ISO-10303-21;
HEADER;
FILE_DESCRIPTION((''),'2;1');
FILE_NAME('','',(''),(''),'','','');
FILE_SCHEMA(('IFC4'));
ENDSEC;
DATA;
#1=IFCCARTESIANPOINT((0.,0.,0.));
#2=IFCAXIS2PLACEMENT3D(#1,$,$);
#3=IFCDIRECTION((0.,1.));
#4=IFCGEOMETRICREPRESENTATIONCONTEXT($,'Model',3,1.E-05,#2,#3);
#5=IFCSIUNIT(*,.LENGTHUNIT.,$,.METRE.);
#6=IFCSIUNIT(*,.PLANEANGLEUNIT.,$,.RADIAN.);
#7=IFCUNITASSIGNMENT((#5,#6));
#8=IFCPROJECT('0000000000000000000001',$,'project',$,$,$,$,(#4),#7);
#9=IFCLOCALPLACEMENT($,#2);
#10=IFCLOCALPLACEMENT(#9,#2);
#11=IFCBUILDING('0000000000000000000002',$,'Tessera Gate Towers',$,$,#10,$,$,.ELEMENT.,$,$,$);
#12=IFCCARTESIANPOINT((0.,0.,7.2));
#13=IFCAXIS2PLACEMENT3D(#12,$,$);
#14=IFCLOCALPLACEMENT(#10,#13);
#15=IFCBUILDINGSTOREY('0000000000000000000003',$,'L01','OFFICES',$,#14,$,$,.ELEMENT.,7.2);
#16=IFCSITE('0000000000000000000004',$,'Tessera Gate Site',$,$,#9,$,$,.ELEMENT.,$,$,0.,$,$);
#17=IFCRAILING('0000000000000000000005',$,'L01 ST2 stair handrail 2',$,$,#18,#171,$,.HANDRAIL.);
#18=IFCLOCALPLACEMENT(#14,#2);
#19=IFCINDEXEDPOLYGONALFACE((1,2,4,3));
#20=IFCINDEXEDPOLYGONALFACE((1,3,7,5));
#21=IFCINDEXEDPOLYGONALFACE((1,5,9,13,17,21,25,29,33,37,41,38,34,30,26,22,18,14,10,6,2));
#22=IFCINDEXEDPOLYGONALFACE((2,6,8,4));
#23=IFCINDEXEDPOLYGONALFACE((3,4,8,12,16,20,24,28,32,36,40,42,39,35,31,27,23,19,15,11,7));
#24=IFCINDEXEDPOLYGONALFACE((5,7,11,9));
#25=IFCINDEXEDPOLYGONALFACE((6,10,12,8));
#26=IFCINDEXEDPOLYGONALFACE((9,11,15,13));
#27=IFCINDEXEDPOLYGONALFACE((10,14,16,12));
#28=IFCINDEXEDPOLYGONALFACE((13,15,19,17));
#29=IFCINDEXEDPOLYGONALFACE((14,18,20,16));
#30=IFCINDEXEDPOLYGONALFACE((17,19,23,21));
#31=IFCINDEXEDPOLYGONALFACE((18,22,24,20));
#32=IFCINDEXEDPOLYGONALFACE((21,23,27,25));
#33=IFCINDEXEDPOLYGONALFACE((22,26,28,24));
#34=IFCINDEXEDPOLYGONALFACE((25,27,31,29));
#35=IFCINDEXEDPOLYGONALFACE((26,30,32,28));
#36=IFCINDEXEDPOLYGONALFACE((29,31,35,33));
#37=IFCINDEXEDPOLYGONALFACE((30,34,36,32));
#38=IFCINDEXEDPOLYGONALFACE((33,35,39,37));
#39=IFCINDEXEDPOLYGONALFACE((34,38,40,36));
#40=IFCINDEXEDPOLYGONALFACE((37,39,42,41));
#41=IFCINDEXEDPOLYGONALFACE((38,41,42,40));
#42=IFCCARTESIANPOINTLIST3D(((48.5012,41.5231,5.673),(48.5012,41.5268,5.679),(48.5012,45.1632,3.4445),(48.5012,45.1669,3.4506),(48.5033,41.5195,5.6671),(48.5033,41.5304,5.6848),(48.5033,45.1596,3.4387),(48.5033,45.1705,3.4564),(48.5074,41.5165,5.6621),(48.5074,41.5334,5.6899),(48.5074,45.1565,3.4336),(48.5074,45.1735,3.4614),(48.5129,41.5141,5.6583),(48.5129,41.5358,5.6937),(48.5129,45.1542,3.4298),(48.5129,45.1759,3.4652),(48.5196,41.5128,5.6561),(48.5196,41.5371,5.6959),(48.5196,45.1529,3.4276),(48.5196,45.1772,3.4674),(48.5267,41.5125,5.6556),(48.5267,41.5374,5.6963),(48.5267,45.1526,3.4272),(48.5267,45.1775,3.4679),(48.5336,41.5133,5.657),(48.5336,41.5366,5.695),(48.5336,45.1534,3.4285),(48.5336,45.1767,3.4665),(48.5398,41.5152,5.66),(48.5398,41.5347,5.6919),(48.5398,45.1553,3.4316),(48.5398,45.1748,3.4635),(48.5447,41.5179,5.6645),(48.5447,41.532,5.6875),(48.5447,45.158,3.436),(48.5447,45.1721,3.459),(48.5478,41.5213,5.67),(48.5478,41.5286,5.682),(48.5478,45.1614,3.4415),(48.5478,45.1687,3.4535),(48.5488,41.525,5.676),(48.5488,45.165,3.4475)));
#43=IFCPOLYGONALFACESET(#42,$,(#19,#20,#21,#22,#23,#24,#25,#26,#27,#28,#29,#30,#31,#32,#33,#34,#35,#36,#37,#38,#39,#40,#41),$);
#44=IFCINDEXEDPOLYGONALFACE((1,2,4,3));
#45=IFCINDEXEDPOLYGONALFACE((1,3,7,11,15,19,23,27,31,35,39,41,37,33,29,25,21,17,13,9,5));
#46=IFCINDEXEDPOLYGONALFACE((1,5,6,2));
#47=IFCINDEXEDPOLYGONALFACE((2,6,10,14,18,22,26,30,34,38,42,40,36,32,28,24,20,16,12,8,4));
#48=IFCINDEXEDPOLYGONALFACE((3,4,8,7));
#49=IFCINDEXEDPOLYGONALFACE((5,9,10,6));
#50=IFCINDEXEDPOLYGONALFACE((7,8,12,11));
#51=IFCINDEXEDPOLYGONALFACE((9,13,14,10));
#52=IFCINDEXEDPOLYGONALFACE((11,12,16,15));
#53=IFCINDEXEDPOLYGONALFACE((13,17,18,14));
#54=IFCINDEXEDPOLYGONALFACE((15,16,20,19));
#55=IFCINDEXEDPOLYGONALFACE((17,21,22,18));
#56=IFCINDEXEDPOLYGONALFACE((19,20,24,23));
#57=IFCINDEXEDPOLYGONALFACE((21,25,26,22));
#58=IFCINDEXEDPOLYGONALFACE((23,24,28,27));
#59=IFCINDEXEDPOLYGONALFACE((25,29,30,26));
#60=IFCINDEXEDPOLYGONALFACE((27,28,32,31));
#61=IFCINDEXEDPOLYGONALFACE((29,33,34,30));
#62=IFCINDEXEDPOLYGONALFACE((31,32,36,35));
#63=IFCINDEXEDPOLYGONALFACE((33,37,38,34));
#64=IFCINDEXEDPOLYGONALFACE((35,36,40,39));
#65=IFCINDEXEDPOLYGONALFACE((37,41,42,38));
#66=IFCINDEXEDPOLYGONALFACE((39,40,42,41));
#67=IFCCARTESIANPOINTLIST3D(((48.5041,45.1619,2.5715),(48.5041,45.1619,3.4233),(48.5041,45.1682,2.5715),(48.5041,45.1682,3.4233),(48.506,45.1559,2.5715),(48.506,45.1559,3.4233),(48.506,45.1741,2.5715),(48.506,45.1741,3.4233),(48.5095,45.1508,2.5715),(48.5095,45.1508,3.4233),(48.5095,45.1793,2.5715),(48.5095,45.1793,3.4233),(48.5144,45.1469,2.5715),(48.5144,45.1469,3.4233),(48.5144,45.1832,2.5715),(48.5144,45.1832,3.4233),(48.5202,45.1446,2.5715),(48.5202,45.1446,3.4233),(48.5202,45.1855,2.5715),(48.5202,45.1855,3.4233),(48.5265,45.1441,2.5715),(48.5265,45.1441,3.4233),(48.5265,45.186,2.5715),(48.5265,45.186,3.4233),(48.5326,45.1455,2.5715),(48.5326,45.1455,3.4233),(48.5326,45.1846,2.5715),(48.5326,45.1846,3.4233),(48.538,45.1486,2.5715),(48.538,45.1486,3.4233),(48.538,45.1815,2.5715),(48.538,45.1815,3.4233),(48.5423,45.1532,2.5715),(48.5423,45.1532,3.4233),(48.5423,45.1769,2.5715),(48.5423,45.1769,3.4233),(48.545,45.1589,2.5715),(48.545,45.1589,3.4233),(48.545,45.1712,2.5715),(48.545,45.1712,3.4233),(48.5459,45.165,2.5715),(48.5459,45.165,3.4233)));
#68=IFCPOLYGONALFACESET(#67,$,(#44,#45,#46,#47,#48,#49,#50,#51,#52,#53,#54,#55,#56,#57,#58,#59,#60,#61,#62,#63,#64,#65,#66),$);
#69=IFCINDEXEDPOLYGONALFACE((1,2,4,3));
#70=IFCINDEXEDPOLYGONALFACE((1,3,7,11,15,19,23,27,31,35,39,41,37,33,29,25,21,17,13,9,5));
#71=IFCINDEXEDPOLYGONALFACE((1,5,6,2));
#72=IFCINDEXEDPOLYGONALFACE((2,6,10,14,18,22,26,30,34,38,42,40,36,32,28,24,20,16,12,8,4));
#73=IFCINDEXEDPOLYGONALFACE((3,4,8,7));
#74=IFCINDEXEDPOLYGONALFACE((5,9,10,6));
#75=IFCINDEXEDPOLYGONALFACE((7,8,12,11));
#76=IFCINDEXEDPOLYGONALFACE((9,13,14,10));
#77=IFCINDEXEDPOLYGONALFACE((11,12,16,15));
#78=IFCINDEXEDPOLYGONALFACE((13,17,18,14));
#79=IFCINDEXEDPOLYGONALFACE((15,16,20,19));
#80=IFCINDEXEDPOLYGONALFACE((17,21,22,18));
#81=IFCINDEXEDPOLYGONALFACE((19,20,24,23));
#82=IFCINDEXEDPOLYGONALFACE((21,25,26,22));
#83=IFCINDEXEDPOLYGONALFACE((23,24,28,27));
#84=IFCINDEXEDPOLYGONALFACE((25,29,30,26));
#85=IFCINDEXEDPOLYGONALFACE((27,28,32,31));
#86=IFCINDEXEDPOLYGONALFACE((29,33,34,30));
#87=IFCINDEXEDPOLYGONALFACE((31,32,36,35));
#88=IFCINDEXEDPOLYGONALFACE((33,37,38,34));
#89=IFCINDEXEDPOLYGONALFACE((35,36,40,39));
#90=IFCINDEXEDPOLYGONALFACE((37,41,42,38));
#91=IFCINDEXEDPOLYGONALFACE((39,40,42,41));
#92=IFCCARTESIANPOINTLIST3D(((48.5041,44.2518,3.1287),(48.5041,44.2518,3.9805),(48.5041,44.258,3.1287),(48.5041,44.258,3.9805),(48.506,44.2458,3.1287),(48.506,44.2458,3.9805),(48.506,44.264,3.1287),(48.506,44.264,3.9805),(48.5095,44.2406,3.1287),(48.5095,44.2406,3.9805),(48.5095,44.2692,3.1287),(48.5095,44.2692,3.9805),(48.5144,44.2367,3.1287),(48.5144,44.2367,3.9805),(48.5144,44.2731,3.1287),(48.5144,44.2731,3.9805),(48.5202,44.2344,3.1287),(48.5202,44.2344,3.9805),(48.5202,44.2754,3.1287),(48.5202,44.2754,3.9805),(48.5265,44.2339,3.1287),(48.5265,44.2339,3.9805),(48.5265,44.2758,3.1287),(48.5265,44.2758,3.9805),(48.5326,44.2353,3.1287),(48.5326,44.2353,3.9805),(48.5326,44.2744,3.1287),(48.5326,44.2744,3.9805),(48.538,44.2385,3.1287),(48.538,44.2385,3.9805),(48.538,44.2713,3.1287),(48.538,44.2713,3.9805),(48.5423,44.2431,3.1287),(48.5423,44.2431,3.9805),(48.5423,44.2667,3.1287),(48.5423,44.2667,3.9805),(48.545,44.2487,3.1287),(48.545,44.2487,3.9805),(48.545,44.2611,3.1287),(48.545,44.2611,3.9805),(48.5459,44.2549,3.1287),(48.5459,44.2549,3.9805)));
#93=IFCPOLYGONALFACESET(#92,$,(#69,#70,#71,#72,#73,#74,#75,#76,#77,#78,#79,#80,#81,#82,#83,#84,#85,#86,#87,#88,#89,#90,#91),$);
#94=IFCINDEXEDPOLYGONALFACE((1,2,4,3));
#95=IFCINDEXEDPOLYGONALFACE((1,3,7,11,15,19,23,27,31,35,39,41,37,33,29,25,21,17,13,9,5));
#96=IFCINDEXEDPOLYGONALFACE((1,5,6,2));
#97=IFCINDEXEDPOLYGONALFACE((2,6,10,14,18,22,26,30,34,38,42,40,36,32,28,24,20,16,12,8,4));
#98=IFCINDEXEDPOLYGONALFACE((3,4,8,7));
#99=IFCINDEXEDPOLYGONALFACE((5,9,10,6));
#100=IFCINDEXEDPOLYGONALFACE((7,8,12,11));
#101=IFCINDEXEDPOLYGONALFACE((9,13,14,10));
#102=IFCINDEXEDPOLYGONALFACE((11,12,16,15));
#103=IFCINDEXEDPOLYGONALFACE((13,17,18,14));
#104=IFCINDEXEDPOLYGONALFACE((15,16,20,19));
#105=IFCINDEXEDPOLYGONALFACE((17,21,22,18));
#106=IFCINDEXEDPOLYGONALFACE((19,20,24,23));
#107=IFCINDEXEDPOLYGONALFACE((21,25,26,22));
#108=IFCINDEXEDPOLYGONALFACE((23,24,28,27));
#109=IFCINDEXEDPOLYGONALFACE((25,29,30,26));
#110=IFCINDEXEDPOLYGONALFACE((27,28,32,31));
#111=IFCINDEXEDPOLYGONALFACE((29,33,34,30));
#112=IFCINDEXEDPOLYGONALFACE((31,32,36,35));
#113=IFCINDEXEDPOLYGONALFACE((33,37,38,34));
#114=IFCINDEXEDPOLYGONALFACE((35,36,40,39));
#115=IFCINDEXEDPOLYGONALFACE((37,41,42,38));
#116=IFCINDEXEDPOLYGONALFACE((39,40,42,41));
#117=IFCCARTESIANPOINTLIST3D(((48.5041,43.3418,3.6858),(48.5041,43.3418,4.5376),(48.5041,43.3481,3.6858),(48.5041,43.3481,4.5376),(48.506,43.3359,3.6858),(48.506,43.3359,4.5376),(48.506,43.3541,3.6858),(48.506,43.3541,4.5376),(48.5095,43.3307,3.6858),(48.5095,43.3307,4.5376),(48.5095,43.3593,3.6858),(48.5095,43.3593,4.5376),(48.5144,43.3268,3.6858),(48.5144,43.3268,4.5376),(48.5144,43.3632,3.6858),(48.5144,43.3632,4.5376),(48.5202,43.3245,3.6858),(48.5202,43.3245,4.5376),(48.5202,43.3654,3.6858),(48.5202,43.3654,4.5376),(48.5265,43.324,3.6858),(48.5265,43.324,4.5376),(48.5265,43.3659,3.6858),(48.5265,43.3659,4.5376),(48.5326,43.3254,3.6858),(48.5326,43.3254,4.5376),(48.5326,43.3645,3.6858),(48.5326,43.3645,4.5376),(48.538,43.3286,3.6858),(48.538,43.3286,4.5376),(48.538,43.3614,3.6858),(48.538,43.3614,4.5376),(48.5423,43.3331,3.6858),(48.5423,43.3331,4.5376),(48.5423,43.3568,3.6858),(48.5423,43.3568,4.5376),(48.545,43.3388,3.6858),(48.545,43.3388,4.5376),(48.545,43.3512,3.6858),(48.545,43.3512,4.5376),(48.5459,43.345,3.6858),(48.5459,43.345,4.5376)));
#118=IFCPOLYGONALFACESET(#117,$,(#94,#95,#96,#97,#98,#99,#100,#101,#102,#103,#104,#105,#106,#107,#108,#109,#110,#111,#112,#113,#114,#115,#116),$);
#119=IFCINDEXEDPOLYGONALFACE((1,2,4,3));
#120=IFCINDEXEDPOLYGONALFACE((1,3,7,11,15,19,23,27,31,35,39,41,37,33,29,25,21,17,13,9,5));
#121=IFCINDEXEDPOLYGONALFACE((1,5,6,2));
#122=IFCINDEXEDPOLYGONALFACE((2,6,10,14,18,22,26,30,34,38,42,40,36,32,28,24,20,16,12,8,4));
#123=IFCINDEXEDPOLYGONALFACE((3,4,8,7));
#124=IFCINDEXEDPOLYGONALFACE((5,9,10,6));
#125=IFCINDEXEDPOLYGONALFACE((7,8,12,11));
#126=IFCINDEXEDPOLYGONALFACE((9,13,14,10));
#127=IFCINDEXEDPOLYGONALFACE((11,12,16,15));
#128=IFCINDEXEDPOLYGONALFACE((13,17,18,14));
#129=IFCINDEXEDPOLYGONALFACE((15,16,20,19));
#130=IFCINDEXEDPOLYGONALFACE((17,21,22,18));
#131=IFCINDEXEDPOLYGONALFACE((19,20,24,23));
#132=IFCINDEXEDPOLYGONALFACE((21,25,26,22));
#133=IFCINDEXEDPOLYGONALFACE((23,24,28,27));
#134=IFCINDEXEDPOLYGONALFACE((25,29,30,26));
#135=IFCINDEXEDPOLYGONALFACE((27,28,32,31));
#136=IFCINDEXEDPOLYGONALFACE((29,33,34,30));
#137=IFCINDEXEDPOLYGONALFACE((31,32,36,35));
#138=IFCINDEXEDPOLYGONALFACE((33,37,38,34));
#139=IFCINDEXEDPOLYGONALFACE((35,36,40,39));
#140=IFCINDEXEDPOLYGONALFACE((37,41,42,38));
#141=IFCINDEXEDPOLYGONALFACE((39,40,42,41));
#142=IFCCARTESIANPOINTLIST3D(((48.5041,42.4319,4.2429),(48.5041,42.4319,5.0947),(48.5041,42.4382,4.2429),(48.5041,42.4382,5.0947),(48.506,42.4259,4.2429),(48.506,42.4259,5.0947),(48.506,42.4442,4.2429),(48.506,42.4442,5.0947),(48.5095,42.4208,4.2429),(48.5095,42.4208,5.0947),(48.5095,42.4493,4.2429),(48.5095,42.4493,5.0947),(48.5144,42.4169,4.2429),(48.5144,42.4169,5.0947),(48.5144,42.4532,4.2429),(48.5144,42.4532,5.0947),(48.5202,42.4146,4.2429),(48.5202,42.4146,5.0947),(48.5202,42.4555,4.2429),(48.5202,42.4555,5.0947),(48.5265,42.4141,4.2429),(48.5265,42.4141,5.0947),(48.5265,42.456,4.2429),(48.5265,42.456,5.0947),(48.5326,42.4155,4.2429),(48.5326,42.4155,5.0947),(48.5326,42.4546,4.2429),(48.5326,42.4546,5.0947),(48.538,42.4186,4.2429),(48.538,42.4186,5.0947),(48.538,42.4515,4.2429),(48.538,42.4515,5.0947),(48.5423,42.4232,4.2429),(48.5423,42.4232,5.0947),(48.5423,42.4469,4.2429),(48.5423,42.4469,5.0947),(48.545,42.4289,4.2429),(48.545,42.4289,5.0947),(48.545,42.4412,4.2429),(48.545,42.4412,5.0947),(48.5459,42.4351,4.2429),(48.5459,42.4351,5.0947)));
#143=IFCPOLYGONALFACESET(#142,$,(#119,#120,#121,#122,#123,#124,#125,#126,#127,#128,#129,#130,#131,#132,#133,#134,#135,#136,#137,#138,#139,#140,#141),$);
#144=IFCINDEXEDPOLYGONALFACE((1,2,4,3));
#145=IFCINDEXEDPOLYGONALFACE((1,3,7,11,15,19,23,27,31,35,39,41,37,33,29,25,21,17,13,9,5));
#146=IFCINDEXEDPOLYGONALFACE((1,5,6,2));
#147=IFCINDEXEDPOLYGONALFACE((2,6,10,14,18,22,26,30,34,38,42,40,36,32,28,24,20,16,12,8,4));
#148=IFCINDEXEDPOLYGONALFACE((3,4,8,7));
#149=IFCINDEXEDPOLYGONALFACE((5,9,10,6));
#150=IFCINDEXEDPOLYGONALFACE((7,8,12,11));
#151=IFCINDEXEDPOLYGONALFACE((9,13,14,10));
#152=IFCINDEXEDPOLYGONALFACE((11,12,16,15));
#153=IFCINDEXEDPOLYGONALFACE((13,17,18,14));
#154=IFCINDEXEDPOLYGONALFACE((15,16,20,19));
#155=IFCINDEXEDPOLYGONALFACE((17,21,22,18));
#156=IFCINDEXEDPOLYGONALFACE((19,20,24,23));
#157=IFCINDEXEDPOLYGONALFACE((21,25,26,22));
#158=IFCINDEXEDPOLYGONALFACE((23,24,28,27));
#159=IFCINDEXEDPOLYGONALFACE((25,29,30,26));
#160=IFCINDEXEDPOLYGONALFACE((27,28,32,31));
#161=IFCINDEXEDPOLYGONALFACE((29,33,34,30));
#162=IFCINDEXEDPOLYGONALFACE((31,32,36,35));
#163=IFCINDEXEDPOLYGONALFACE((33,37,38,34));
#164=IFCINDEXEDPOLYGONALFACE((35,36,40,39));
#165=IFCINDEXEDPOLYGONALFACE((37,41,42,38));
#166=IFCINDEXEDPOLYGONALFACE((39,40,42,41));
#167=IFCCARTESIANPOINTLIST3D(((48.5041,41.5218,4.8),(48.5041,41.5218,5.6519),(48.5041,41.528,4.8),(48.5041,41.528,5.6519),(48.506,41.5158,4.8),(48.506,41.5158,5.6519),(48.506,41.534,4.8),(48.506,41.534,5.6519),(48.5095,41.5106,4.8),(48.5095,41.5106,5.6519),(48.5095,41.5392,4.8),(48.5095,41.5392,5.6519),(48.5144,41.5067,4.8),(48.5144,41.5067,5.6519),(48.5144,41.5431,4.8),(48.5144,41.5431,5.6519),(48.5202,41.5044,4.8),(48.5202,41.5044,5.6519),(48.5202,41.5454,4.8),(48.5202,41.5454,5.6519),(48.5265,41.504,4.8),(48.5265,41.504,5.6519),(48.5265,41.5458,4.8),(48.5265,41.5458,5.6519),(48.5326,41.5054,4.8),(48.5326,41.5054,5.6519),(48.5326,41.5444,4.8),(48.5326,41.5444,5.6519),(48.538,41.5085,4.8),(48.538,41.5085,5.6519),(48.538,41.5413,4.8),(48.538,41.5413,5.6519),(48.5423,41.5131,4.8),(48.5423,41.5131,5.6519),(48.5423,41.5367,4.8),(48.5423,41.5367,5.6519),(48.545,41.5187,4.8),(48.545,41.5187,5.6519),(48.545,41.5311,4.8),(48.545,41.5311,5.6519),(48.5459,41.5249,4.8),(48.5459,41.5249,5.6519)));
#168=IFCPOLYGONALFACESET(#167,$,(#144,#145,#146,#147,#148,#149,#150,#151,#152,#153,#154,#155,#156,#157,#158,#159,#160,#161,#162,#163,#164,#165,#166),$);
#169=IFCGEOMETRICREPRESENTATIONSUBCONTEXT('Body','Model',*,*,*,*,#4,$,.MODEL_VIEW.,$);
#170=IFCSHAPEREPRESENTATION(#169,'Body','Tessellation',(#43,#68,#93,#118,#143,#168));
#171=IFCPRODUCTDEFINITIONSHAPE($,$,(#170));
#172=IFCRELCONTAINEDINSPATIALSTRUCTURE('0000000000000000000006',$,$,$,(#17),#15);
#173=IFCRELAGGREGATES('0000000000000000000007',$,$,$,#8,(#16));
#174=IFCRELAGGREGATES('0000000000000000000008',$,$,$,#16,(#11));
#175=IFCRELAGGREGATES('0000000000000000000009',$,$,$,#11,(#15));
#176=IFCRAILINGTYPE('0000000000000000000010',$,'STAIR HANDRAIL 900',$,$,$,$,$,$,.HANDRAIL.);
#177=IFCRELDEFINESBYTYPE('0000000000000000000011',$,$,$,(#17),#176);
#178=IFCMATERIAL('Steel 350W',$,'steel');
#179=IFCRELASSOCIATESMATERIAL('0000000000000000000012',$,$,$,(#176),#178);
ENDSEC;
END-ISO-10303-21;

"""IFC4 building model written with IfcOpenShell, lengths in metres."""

from ifc_helpers import new_model, si_unit, direction, frame, origin, origin_2d, place, context, subcontext, project, spatial, circle, extrude, material, type_object, element, save


model = new_model("IFC4")

# Units and contexts
model_context = context("Model", 3, precision=1e-05, world=origin(), true_north=direction((0.0, 1.0)))
body_context = subcontext(model_context, "Body", "Model", "MODEL_VIEW")
ifc_project = project(units=[si_unit("LENGTHUNIT", "METRE"), si_unit("PLANEANGLEUNIT", "RADIAN")], contexts=[model_context])

# Site, building, storey
site_placement = place(None, origin())
site = spatial("IfcSite", under=ifc_project, at=site_placement, Name="Tessera Gate Site", CompositionType="ELEMENT", RefElevation=0.0)
building_placement = place(site_placement, origin())
building = spatial("IfcBuilding", under=site, at=building_placement, Name="Tessera Gate Towers", CompositionType="ELEMENT")
storey_placement = place(building_placement, frame((0.0, 0.0, 7.2)))
storey = spatial("IfcBuildingStorey", under=building, at=storey_placement, Name="L01", Description="OFFICES", CompositionType="ELEMENT", Elevation=7.2)

# Railing
ifc_material_1 = material(Name="Steel 350W", Category="steel")
railing_type_1 = type_object("IfcRailingType", Name="STAIR HANDRAIL 900", PredefinedType="HANDRAIL", material=ifc_material_1)
for number, where, name in (
    (1, (48.5249, 45.165, 2.5715), "L01 ST2 stair handrail 2"),
):
    element("IfcRailing", number, at=place(storey_placement, frame(where)), inside=storey, type_object=railing_type_1, Name=name, PredefinedType="HANDRAIL", context=body_context, shape_type="SweptSolid", body=[
        extrude(circle(Radius=0.0239, at=origin_2d()), frame((0.0, 0.0, 0.876), z_axis=(0.0, -0.852866, 0.52213), x_axis=(1.0, 0.0, 0.0)), (0.0, 0.0, 1.0), 4.2681),
        extrude(circle(Radius=0.021, at=origin_2d()), origin(), (0.0, 0.0, 1.0), 0.8518),
        extrude(circle(Radius=0.021, at=origin_2d()), frame((0.0, -0.9102, 0.5571)), (0.0, 0.0, 1.0), 0.8518),
        extrude(circle(Radius=0.021, at=origin_2d()), frame((0.0, -1.8201, 1.1143)), (0.0, 0.0, 1.0), 0.8518),
        extrude(circle(Radius=0.021, at=origin_2d()), frame((0.0, -2.73, 1.6714)), (0.0, 0.0, 1.0), 0.8518),
        extrude(circle(Radius=0.021, at=origin_2d()), frame((0.0, -3.6401, 2.2285)), (0.0, 0.0, 1.0), 0.8518),
    ])

save(model, "model.ifc")
